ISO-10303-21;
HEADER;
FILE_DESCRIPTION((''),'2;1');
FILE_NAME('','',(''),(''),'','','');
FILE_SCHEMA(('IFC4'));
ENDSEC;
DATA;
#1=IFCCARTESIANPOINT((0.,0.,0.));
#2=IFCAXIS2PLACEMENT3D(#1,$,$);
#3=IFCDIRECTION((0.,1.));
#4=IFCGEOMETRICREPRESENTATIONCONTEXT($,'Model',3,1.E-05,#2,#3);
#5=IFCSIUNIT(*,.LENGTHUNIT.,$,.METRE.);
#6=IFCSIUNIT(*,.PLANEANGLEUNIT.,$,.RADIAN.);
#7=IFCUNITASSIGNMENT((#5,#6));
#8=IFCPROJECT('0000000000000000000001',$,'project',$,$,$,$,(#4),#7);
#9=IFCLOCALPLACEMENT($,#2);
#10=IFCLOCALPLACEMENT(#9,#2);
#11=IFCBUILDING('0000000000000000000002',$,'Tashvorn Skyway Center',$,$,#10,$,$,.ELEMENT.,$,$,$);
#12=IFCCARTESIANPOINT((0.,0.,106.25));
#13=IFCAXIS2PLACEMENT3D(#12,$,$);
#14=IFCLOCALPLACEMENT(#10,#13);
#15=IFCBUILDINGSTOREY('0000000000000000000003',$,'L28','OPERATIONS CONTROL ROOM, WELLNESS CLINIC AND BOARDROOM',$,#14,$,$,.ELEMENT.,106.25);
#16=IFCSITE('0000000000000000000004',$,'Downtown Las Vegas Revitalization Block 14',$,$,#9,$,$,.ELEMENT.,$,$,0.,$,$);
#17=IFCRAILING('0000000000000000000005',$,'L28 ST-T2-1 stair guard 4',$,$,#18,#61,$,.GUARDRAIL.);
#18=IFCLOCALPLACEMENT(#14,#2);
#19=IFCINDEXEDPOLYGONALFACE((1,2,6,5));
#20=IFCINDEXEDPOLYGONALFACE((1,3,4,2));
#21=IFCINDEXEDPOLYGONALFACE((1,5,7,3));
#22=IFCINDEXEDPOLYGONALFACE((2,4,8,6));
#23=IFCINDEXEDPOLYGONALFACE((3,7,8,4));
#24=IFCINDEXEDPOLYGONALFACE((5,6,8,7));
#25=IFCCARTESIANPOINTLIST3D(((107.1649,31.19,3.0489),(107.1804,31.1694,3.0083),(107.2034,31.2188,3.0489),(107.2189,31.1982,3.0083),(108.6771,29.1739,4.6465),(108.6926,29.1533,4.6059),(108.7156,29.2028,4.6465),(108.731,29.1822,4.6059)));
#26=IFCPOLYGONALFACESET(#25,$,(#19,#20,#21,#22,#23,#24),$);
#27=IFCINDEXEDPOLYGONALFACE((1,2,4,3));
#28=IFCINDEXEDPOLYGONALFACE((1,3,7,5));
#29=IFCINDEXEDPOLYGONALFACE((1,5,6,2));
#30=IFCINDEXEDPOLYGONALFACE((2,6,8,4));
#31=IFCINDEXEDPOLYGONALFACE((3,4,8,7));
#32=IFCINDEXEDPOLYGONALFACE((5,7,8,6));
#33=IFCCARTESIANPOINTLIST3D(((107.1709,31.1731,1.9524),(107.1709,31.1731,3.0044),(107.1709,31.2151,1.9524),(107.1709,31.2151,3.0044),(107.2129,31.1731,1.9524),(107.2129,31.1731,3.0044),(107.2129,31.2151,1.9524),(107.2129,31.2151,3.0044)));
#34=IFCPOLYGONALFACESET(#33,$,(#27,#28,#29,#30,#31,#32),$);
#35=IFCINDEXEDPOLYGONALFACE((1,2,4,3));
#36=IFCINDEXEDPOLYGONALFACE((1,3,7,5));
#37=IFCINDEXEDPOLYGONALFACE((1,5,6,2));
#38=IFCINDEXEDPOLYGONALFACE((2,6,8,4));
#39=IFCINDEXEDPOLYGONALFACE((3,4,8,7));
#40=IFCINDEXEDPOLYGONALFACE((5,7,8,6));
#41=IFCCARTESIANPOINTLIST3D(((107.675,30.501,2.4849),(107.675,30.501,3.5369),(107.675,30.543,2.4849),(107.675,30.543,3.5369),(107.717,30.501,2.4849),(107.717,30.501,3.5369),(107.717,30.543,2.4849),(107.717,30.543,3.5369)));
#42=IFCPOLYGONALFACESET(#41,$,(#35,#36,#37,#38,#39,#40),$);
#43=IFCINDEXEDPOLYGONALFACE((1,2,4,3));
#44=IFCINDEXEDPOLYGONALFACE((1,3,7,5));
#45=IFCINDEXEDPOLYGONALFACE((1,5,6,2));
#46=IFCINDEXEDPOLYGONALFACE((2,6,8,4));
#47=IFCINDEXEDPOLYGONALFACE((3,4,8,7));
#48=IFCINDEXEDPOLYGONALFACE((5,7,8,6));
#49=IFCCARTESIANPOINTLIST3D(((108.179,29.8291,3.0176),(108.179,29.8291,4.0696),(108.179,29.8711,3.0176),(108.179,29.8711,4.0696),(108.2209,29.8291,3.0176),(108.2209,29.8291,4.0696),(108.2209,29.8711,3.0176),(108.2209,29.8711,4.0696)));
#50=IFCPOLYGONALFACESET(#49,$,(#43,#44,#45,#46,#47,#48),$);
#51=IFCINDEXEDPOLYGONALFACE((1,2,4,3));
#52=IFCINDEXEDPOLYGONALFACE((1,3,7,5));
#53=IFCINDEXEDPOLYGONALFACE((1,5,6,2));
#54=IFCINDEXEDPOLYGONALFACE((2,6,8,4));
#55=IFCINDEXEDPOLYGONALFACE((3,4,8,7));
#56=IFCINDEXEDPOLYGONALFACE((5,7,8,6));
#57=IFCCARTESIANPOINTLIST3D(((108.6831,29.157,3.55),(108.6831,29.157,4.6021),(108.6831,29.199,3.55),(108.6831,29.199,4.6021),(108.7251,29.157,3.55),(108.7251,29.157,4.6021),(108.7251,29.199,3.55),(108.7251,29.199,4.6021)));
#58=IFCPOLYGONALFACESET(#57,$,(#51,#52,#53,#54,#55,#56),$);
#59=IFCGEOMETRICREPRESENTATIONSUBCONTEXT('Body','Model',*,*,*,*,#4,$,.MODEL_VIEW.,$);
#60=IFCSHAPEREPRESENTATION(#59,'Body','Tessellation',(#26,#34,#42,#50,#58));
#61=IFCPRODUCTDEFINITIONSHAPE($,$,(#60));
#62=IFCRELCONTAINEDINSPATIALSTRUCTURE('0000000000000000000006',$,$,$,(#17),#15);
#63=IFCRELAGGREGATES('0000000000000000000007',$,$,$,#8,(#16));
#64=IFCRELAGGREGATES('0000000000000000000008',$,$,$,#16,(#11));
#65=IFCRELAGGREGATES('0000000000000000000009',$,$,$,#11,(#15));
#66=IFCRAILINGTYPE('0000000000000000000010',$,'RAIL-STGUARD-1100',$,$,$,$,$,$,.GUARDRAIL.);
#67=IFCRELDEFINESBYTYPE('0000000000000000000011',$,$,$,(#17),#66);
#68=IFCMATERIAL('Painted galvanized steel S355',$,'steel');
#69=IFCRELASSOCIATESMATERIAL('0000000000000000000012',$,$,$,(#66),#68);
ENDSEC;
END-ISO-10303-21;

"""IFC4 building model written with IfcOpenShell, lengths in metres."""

from ifc_helpers import new_model, si_unit, direction, frame, origin, origin_2d, place, context, subcontext, project, spatial, rectangle, extrude, material, type_object, element, save


model = new_model("IFC4")

# Units and contexts
model_context = context("Model", 3, precision=1e-05, world=origin(), true_north=direction((0.0, 1.0)))
body_context = subcontext(model_context, "Body", "Model", "MODEL_VIEW")
ifc_project = project(units=[si_unit("LENGTHUNIT", "METRE"), si_unit("PLANEANGLEUNIT", "RADIAN")], contexts=[model_context])

# Site, building, storey
site_placement = place(None, origin())
site = spatial("IfcSite", under=ifc_project, at=site_placement, Name="Downtown Las Vegas Revitalization Block 14", CompositionType="ELEMENT", RefElevation=0.0)
building_placement = place(site_placement, origin())
building = spatial("IfcBuilding", under=site, at=building_placement, Name="Tashvorn Skyway Center", CompositionType="ELEMENT")
storey_placement = place(building_placement, frame((0.0, 0.0, 106.25)))
storey = spatial("IfcBuildingStorey", under=building, at=storey_placement, Name="L28", Description="OPERATIONS CONTROL ROOM, WELLNESS CLINIC AND BOARDROOM", CompositionType="ELEMENT", Elevation=106.25)

# Railing
ifc_material_1 = material(Name="Painted galvanized steel S355", Category="steel")
railing_type_1 = type_object("IfcRailingType", Name="RAIL-STGUARD-1100", PredefinedType="GUARDRAIL", material=ifc_material_1)
railing_1_placement = place(storey_placement, frame((107.1919, 31.1941, 1.9524)))
element("IfcRailing", 1, at=railing_1_placement, inside=storey, type_object=railing_type_1, Name="L28 ST-T2-1 stair guard 4", PredefinedType="GUARDRAIL", context=body_context, shape_type="SweptSolid", body=[
    extrude(rectangle(XDim=0.0481, YDim=0.0481, at=origin_2d()), frame((0.0, 0.0, 1.0762), z_axis=(0.506779, -0.675651, 0.535416), x_axis=(0.799977, 0.600031, 0.0)), (0.0, 0.0, 1.0), 2.9839),
    extrude(rectangle(XDim=0.042, YDim=0.042, at=origin_2d()), origin(), (0.0, 0.0, 1.0), 1.052),
    extrude(rectangle(XDim=0.042, YDim=0.042, at=origin_2d()), frame((0.5042, -0.6721, 0.5325)), (0.0, 0.0, 1.0), 1.052),
    extrude(rectangle(XDim=0.042, YDim=0.042, at=origin_2d()), frame((1.0081, -1.344, 1.0652)), (0.0, 0.0, 1.0), 1.052),
    extrude(rectangle(XDim=0.042, YDim=0.042, at=origin_2d()), frame((1.5122, -2.0161, 1.5977)), (0.0, 0.0, 1.0), 1.052),
])

save(model, "model.ifc")
